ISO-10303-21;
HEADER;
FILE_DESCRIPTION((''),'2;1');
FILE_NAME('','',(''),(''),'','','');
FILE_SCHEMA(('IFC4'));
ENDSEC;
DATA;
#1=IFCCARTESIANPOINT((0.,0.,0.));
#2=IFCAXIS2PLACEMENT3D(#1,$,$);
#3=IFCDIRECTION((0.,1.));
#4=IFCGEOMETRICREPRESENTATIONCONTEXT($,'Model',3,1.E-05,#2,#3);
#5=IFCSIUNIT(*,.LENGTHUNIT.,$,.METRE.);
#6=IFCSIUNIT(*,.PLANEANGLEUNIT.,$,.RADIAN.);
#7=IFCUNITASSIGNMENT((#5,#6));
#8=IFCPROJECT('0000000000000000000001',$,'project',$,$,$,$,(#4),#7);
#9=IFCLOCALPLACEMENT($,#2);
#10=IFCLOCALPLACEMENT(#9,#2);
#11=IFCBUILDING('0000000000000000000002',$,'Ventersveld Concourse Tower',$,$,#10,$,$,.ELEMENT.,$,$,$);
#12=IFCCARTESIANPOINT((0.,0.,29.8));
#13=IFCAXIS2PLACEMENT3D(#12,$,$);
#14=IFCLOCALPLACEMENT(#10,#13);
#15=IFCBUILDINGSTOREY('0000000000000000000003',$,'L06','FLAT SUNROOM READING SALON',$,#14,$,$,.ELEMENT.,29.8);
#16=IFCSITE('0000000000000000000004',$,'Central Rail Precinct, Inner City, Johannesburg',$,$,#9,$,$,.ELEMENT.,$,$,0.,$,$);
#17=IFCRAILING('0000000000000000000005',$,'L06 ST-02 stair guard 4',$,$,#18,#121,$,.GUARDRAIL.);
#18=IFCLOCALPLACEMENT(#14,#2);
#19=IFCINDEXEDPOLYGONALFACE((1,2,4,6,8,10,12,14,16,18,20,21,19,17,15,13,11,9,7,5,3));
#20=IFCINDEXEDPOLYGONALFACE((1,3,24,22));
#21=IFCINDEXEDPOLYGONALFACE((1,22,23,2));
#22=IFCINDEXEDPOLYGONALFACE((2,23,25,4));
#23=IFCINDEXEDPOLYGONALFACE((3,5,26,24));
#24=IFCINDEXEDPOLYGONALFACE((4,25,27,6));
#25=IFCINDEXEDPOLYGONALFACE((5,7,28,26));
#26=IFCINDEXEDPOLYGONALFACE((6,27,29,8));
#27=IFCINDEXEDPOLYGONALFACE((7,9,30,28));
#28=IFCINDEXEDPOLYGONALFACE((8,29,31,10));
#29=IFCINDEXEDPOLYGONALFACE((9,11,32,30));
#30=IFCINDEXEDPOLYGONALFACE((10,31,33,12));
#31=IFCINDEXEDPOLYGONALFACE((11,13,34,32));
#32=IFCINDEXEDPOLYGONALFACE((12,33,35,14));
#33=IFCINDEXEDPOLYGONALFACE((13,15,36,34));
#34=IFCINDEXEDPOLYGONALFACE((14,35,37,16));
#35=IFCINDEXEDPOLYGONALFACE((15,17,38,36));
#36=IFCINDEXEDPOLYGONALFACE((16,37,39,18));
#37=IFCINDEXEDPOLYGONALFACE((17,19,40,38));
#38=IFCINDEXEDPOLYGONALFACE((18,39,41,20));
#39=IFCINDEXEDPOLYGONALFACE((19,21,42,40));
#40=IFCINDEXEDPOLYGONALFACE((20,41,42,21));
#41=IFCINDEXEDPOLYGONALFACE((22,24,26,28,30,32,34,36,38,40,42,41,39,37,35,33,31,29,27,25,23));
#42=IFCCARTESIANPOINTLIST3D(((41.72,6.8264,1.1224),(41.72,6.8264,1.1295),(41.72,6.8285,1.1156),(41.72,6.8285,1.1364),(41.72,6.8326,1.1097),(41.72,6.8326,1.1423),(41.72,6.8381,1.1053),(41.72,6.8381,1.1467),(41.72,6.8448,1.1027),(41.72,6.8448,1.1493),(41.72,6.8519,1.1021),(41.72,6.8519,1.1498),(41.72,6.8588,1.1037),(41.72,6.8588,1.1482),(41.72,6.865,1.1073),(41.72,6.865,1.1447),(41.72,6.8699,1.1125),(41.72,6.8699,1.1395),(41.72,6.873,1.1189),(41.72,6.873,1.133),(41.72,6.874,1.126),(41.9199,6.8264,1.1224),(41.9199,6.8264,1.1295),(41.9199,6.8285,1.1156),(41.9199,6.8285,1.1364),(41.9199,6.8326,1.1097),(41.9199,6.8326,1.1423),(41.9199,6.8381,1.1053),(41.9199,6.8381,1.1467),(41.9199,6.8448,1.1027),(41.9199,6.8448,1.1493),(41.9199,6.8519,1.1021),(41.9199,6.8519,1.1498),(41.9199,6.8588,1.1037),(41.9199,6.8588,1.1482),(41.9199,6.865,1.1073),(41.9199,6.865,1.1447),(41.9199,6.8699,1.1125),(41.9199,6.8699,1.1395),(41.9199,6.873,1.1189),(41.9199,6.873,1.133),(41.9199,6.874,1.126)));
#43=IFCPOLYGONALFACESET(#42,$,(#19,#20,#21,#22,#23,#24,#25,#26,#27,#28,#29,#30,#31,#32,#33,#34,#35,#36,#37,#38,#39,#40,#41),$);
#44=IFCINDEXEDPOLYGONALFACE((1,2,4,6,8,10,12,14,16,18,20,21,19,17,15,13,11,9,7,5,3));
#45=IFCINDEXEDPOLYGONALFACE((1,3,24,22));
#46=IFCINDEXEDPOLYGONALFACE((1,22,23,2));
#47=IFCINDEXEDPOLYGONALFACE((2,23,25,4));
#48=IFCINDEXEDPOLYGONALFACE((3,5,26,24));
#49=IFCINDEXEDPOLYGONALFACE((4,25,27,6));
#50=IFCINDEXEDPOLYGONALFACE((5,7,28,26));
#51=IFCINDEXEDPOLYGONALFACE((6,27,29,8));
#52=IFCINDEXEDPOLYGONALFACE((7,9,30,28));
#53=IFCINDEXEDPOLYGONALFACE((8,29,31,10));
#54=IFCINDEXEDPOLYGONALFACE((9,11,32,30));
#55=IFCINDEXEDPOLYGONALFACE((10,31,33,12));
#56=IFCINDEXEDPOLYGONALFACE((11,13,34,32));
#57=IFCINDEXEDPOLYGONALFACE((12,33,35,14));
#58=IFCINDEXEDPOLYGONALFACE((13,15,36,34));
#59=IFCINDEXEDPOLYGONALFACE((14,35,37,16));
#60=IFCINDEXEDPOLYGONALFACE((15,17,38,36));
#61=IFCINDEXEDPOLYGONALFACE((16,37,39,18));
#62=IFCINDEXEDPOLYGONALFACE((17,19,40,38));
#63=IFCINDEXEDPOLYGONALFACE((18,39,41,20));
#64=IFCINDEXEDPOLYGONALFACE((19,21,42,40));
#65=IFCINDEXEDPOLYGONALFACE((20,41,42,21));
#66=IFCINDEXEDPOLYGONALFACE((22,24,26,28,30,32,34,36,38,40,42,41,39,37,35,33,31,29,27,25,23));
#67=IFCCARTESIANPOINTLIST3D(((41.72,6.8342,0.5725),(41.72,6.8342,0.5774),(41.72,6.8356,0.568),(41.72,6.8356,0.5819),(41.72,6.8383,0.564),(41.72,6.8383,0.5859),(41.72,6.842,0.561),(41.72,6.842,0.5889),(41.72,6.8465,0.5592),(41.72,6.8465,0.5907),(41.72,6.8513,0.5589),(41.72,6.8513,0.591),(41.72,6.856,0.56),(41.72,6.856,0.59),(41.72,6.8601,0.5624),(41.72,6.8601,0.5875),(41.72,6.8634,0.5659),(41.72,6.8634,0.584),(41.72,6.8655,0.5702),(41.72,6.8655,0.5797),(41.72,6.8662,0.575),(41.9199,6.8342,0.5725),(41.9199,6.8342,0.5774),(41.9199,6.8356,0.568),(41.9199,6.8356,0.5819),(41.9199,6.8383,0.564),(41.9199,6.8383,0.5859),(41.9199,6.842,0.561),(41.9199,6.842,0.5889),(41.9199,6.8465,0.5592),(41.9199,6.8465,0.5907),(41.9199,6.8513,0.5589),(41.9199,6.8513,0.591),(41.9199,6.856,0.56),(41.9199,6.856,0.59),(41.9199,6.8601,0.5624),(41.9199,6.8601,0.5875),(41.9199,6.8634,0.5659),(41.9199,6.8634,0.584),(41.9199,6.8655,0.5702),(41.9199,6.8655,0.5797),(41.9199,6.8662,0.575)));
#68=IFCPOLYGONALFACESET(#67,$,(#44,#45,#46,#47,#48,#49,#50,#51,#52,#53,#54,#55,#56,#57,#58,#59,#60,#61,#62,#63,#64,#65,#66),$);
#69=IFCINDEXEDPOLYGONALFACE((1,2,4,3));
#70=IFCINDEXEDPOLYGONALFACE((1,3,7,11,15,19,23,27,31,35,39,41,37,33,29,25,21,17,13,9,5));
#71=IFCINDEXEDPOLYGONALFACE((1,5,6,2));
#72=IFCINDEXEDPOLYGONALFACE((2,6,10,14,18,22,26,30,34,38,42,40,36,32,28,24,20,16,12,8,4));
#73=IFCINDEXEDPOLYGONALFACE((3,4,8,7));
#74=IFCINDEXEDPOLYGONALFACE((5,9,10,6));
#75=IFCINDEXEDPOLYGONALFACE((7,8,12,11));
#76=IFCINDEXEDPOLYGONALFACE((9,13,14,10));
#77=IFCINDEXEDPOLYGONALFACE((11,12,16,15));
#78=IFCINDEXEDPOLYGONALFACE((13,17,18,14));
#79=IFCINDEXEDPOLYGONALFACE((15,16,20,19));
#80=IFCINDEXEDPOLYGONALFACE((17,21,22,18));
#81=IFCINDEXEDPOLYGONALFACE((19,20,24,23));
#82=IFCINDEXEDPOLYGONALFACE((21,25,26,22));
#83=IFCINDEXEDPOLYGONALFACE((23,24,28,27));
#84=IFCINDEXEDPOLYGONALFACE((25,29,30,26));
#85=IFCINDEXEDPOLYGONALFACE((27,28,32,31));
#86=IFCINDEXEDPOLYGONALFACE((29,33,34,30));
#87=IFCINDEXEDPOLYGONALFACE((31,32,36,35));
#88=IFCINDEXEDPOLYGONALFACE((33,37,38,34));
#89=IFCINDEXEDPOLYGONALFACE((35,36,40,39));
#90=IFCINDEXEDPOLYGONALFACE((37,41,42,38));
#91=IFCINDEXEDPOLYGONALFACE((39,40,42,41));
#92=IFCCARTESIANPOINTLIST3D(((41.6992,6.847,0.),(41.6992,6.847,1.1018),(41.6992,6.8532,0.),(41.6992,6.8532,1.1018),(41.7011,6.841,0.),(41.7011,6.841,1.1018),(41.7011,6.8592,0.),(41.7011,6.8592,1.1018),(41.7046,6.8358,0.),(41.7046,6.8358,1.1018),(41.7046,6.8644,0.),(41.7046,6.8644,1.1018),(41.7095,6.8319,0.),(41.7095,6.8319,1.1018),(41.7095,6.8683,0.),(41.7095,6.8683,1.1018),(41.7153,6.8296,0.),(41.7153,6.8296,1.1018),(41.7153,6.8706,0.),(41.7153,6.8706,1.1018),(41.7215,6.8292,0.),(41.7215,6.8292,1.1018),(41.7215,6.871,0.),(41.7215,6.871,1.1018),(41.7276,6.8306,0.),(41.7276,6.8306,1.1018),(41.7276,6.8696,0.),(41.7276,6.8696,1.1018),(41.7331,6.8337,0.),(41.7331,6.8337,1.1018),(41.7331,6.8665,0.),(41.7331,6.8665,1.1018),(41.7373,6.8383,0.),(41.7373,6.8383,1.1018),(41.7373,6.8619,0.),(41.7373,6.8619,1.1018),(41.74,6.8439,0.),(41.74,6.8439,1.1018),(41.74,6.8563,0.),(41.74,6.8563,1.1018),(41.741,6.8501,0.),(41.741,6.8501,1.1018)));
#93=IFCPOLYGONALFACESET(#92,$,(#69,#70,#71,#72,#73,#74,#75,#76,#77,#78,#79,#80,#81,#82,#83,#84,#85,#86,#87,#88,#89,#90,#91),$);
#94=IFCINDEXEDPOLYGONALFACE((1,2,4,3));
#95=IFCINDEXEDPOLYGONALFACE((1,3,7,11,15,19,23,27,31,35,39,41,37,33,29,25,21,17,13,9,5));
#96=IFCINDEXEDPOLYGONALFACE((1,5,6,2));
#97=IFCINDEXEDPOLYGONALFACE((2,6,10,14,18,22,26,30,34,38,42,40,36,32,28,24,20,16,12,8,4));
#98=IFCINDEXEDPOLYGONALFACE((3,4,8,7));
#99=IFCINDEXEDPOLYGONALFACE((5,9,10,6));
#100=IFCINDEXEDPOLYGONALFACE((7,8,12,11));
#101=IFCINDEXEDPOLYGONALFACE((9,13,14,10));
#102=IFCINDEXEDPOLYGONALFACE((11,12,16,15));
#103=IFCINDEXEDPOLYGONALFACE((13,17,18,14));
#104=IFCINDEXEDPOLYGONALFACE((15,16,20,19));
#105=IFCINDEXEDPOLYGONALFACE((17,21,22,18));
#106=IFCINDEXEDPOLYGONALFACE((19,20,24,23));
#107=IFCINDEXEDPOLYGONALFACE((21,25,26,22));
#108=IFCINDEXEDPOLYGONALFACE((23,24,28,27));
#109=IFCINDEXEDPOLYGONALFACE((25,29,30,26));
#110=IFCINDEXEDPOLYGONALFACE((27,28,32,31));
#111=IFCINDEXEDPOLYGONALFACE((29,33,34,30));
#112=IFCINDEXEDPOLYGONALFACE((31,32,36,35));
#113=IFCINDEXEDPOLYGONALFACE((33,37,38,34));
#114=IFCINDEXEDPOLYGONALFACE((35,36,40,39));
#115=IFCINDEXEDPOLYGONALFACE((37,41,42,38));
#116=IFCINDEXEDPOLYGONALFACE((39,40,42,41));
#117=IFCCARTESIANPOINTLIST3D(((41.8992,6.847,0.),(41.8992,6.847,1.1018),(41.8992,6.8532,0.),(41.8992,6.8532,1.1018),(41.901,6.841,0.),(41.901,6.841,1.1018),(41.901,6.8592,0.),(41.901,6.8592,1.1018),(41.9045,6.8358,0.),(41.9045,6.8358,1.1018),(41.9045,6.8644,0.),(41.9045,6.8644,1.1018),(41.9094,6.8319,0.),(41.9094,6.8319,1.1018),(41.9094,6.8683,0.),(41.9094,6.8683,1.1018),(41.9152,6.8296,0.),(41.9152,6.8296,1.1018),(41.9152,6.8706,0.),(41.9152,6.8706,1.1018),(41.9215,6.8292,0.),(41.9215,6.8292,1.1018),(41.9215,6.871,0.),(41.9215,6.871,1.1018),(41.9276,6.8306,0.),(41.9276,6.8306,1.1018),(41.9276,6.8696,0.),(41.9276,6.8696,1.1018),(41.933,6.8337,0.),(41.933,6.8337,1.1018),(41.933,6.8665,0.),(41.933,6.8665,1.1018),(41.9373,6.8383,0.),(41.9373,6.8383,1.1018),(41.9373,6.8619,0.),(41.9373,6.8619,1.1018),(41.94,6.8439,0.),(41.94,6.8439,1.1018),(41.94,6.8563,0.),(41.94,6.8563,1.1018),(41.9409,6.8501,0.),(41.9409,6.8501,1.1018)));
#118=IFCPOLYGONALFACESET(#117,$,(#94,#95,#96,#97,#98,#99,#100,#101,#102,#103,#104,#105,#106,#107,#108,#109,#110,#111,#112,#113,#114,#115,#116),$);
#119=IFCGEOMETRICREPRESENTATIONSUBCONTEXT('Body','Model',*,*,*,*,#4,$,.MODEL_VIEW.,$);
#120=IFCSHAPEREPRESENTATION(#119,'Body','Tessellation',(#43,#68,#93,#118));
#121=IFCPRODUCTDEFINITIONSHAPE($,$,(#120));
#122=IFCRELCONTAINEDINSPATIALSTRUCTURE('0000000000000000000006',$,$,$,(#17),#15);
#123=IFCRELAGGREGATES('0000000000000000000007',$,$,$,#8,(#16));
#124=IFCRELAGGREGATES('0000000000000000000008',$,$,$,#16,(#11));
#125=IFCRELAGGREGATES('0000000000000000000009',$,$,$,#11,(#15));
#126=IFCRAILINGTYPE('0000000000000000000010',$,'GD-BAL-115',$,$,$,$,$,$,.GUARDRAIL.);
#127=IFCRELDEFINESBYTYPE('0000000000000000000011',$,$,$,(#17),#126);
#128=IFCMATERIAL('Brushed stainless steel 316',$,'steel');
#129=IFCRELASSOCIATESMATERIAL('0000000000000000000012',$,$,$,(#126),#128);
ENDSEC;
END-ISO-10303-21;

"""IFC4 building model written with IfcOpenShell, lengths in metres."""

from ifc_helpers import new_model, si_unit, direction, frame, origin, origin_2d, place, context, subcontext, project, spatial, circle, extrude, material, type_object, element, save


model = new_model("IFC4")

# Units and contexts
model_context = context("Model", 3, precision=1e-05, world=origin(), true_north=direction((0.0, 1.0)))
body_context = subcontext(model_context, "Body", "Model", "MODEL_VIEW")
ifc_project = project(units=[si_unit("LENGTHUNIT", "METRE"), si_unit("PLANEANGLEUNIT", "RADIAN")], contexts=[model_context])

# Site, building, storey
site_placement = place(None, origin())
site = spatial("IfcSite", under=ifc_project, at=site_placement, Name="Central Rail Precinct, Inner City, Johannesburg", CompositionType="ELEMENT", RefElevation=0.0)
building_placement = place(site_placement, origin())
building = spatial("IfcBuilding", under=site, at=building_placement, Name="Ventersveld Concourse Tower", CompositionType="ELEMENT")
storey_placement = place(building_placement, frame((0.0, 0.0, 29.8)))
storey = spatial("IfcBuildingStorey", under=building, at=storey_placement, Name="L06", Description="FLAT SUNROOM READING SALON", CompositionType="ELEMENT", Elevation=29.8)

# Railing
ifc_material_1 = material(Name="Brushed stainless steel 316", Category="steel")
railing_type_1 = type_object("IfcRailingType", Name="GD-BAL-115", PredefinedType="GUARDRAIL", material=ifc_material_1)
railing_1_placement = place(storey_placement, frame((41.72, 6.8501, 0.0)))
element("IfcRailing", 1, at=railing_1_placement, inside=storey, type_object=railing_type_1, Name="L06 ST-02 stair guard 4", PredefinedType="GUARDRAIL", context=body_context, shape_type="SweptSolid", body=[
    extrude(circle(Radius=0.0239, at=origin_2d()), frame((0.0, 0.0, 1.126), z_axis=(1.0, 0.0, 0.0), x_axis=(0.0, 1.0, 0.0)), (0.0, 0.0, 1.0), 0.2),
    extrude(circle(Radius=0.0161, at=origin_2d()), frame((0.0, 0.0, 0.575), z_axis=(1.0, 0.0, 0.0), x_axis=(0.0, 1.0, 0.0)), (0.0, 0.0, 1.0), 0.2),
    extrude(circle(Radius=0.021, at=origin_2d()), origin(), (0.0, 0.0, 1.0), 1.1018),
    extrude(circle(Radius=0.021, at=origin_2d()), frame((0.2, 0.0, 0.0)), (0.0, 0.0, 1.0), 1.1018),
])

save(model, "model.ifc")
